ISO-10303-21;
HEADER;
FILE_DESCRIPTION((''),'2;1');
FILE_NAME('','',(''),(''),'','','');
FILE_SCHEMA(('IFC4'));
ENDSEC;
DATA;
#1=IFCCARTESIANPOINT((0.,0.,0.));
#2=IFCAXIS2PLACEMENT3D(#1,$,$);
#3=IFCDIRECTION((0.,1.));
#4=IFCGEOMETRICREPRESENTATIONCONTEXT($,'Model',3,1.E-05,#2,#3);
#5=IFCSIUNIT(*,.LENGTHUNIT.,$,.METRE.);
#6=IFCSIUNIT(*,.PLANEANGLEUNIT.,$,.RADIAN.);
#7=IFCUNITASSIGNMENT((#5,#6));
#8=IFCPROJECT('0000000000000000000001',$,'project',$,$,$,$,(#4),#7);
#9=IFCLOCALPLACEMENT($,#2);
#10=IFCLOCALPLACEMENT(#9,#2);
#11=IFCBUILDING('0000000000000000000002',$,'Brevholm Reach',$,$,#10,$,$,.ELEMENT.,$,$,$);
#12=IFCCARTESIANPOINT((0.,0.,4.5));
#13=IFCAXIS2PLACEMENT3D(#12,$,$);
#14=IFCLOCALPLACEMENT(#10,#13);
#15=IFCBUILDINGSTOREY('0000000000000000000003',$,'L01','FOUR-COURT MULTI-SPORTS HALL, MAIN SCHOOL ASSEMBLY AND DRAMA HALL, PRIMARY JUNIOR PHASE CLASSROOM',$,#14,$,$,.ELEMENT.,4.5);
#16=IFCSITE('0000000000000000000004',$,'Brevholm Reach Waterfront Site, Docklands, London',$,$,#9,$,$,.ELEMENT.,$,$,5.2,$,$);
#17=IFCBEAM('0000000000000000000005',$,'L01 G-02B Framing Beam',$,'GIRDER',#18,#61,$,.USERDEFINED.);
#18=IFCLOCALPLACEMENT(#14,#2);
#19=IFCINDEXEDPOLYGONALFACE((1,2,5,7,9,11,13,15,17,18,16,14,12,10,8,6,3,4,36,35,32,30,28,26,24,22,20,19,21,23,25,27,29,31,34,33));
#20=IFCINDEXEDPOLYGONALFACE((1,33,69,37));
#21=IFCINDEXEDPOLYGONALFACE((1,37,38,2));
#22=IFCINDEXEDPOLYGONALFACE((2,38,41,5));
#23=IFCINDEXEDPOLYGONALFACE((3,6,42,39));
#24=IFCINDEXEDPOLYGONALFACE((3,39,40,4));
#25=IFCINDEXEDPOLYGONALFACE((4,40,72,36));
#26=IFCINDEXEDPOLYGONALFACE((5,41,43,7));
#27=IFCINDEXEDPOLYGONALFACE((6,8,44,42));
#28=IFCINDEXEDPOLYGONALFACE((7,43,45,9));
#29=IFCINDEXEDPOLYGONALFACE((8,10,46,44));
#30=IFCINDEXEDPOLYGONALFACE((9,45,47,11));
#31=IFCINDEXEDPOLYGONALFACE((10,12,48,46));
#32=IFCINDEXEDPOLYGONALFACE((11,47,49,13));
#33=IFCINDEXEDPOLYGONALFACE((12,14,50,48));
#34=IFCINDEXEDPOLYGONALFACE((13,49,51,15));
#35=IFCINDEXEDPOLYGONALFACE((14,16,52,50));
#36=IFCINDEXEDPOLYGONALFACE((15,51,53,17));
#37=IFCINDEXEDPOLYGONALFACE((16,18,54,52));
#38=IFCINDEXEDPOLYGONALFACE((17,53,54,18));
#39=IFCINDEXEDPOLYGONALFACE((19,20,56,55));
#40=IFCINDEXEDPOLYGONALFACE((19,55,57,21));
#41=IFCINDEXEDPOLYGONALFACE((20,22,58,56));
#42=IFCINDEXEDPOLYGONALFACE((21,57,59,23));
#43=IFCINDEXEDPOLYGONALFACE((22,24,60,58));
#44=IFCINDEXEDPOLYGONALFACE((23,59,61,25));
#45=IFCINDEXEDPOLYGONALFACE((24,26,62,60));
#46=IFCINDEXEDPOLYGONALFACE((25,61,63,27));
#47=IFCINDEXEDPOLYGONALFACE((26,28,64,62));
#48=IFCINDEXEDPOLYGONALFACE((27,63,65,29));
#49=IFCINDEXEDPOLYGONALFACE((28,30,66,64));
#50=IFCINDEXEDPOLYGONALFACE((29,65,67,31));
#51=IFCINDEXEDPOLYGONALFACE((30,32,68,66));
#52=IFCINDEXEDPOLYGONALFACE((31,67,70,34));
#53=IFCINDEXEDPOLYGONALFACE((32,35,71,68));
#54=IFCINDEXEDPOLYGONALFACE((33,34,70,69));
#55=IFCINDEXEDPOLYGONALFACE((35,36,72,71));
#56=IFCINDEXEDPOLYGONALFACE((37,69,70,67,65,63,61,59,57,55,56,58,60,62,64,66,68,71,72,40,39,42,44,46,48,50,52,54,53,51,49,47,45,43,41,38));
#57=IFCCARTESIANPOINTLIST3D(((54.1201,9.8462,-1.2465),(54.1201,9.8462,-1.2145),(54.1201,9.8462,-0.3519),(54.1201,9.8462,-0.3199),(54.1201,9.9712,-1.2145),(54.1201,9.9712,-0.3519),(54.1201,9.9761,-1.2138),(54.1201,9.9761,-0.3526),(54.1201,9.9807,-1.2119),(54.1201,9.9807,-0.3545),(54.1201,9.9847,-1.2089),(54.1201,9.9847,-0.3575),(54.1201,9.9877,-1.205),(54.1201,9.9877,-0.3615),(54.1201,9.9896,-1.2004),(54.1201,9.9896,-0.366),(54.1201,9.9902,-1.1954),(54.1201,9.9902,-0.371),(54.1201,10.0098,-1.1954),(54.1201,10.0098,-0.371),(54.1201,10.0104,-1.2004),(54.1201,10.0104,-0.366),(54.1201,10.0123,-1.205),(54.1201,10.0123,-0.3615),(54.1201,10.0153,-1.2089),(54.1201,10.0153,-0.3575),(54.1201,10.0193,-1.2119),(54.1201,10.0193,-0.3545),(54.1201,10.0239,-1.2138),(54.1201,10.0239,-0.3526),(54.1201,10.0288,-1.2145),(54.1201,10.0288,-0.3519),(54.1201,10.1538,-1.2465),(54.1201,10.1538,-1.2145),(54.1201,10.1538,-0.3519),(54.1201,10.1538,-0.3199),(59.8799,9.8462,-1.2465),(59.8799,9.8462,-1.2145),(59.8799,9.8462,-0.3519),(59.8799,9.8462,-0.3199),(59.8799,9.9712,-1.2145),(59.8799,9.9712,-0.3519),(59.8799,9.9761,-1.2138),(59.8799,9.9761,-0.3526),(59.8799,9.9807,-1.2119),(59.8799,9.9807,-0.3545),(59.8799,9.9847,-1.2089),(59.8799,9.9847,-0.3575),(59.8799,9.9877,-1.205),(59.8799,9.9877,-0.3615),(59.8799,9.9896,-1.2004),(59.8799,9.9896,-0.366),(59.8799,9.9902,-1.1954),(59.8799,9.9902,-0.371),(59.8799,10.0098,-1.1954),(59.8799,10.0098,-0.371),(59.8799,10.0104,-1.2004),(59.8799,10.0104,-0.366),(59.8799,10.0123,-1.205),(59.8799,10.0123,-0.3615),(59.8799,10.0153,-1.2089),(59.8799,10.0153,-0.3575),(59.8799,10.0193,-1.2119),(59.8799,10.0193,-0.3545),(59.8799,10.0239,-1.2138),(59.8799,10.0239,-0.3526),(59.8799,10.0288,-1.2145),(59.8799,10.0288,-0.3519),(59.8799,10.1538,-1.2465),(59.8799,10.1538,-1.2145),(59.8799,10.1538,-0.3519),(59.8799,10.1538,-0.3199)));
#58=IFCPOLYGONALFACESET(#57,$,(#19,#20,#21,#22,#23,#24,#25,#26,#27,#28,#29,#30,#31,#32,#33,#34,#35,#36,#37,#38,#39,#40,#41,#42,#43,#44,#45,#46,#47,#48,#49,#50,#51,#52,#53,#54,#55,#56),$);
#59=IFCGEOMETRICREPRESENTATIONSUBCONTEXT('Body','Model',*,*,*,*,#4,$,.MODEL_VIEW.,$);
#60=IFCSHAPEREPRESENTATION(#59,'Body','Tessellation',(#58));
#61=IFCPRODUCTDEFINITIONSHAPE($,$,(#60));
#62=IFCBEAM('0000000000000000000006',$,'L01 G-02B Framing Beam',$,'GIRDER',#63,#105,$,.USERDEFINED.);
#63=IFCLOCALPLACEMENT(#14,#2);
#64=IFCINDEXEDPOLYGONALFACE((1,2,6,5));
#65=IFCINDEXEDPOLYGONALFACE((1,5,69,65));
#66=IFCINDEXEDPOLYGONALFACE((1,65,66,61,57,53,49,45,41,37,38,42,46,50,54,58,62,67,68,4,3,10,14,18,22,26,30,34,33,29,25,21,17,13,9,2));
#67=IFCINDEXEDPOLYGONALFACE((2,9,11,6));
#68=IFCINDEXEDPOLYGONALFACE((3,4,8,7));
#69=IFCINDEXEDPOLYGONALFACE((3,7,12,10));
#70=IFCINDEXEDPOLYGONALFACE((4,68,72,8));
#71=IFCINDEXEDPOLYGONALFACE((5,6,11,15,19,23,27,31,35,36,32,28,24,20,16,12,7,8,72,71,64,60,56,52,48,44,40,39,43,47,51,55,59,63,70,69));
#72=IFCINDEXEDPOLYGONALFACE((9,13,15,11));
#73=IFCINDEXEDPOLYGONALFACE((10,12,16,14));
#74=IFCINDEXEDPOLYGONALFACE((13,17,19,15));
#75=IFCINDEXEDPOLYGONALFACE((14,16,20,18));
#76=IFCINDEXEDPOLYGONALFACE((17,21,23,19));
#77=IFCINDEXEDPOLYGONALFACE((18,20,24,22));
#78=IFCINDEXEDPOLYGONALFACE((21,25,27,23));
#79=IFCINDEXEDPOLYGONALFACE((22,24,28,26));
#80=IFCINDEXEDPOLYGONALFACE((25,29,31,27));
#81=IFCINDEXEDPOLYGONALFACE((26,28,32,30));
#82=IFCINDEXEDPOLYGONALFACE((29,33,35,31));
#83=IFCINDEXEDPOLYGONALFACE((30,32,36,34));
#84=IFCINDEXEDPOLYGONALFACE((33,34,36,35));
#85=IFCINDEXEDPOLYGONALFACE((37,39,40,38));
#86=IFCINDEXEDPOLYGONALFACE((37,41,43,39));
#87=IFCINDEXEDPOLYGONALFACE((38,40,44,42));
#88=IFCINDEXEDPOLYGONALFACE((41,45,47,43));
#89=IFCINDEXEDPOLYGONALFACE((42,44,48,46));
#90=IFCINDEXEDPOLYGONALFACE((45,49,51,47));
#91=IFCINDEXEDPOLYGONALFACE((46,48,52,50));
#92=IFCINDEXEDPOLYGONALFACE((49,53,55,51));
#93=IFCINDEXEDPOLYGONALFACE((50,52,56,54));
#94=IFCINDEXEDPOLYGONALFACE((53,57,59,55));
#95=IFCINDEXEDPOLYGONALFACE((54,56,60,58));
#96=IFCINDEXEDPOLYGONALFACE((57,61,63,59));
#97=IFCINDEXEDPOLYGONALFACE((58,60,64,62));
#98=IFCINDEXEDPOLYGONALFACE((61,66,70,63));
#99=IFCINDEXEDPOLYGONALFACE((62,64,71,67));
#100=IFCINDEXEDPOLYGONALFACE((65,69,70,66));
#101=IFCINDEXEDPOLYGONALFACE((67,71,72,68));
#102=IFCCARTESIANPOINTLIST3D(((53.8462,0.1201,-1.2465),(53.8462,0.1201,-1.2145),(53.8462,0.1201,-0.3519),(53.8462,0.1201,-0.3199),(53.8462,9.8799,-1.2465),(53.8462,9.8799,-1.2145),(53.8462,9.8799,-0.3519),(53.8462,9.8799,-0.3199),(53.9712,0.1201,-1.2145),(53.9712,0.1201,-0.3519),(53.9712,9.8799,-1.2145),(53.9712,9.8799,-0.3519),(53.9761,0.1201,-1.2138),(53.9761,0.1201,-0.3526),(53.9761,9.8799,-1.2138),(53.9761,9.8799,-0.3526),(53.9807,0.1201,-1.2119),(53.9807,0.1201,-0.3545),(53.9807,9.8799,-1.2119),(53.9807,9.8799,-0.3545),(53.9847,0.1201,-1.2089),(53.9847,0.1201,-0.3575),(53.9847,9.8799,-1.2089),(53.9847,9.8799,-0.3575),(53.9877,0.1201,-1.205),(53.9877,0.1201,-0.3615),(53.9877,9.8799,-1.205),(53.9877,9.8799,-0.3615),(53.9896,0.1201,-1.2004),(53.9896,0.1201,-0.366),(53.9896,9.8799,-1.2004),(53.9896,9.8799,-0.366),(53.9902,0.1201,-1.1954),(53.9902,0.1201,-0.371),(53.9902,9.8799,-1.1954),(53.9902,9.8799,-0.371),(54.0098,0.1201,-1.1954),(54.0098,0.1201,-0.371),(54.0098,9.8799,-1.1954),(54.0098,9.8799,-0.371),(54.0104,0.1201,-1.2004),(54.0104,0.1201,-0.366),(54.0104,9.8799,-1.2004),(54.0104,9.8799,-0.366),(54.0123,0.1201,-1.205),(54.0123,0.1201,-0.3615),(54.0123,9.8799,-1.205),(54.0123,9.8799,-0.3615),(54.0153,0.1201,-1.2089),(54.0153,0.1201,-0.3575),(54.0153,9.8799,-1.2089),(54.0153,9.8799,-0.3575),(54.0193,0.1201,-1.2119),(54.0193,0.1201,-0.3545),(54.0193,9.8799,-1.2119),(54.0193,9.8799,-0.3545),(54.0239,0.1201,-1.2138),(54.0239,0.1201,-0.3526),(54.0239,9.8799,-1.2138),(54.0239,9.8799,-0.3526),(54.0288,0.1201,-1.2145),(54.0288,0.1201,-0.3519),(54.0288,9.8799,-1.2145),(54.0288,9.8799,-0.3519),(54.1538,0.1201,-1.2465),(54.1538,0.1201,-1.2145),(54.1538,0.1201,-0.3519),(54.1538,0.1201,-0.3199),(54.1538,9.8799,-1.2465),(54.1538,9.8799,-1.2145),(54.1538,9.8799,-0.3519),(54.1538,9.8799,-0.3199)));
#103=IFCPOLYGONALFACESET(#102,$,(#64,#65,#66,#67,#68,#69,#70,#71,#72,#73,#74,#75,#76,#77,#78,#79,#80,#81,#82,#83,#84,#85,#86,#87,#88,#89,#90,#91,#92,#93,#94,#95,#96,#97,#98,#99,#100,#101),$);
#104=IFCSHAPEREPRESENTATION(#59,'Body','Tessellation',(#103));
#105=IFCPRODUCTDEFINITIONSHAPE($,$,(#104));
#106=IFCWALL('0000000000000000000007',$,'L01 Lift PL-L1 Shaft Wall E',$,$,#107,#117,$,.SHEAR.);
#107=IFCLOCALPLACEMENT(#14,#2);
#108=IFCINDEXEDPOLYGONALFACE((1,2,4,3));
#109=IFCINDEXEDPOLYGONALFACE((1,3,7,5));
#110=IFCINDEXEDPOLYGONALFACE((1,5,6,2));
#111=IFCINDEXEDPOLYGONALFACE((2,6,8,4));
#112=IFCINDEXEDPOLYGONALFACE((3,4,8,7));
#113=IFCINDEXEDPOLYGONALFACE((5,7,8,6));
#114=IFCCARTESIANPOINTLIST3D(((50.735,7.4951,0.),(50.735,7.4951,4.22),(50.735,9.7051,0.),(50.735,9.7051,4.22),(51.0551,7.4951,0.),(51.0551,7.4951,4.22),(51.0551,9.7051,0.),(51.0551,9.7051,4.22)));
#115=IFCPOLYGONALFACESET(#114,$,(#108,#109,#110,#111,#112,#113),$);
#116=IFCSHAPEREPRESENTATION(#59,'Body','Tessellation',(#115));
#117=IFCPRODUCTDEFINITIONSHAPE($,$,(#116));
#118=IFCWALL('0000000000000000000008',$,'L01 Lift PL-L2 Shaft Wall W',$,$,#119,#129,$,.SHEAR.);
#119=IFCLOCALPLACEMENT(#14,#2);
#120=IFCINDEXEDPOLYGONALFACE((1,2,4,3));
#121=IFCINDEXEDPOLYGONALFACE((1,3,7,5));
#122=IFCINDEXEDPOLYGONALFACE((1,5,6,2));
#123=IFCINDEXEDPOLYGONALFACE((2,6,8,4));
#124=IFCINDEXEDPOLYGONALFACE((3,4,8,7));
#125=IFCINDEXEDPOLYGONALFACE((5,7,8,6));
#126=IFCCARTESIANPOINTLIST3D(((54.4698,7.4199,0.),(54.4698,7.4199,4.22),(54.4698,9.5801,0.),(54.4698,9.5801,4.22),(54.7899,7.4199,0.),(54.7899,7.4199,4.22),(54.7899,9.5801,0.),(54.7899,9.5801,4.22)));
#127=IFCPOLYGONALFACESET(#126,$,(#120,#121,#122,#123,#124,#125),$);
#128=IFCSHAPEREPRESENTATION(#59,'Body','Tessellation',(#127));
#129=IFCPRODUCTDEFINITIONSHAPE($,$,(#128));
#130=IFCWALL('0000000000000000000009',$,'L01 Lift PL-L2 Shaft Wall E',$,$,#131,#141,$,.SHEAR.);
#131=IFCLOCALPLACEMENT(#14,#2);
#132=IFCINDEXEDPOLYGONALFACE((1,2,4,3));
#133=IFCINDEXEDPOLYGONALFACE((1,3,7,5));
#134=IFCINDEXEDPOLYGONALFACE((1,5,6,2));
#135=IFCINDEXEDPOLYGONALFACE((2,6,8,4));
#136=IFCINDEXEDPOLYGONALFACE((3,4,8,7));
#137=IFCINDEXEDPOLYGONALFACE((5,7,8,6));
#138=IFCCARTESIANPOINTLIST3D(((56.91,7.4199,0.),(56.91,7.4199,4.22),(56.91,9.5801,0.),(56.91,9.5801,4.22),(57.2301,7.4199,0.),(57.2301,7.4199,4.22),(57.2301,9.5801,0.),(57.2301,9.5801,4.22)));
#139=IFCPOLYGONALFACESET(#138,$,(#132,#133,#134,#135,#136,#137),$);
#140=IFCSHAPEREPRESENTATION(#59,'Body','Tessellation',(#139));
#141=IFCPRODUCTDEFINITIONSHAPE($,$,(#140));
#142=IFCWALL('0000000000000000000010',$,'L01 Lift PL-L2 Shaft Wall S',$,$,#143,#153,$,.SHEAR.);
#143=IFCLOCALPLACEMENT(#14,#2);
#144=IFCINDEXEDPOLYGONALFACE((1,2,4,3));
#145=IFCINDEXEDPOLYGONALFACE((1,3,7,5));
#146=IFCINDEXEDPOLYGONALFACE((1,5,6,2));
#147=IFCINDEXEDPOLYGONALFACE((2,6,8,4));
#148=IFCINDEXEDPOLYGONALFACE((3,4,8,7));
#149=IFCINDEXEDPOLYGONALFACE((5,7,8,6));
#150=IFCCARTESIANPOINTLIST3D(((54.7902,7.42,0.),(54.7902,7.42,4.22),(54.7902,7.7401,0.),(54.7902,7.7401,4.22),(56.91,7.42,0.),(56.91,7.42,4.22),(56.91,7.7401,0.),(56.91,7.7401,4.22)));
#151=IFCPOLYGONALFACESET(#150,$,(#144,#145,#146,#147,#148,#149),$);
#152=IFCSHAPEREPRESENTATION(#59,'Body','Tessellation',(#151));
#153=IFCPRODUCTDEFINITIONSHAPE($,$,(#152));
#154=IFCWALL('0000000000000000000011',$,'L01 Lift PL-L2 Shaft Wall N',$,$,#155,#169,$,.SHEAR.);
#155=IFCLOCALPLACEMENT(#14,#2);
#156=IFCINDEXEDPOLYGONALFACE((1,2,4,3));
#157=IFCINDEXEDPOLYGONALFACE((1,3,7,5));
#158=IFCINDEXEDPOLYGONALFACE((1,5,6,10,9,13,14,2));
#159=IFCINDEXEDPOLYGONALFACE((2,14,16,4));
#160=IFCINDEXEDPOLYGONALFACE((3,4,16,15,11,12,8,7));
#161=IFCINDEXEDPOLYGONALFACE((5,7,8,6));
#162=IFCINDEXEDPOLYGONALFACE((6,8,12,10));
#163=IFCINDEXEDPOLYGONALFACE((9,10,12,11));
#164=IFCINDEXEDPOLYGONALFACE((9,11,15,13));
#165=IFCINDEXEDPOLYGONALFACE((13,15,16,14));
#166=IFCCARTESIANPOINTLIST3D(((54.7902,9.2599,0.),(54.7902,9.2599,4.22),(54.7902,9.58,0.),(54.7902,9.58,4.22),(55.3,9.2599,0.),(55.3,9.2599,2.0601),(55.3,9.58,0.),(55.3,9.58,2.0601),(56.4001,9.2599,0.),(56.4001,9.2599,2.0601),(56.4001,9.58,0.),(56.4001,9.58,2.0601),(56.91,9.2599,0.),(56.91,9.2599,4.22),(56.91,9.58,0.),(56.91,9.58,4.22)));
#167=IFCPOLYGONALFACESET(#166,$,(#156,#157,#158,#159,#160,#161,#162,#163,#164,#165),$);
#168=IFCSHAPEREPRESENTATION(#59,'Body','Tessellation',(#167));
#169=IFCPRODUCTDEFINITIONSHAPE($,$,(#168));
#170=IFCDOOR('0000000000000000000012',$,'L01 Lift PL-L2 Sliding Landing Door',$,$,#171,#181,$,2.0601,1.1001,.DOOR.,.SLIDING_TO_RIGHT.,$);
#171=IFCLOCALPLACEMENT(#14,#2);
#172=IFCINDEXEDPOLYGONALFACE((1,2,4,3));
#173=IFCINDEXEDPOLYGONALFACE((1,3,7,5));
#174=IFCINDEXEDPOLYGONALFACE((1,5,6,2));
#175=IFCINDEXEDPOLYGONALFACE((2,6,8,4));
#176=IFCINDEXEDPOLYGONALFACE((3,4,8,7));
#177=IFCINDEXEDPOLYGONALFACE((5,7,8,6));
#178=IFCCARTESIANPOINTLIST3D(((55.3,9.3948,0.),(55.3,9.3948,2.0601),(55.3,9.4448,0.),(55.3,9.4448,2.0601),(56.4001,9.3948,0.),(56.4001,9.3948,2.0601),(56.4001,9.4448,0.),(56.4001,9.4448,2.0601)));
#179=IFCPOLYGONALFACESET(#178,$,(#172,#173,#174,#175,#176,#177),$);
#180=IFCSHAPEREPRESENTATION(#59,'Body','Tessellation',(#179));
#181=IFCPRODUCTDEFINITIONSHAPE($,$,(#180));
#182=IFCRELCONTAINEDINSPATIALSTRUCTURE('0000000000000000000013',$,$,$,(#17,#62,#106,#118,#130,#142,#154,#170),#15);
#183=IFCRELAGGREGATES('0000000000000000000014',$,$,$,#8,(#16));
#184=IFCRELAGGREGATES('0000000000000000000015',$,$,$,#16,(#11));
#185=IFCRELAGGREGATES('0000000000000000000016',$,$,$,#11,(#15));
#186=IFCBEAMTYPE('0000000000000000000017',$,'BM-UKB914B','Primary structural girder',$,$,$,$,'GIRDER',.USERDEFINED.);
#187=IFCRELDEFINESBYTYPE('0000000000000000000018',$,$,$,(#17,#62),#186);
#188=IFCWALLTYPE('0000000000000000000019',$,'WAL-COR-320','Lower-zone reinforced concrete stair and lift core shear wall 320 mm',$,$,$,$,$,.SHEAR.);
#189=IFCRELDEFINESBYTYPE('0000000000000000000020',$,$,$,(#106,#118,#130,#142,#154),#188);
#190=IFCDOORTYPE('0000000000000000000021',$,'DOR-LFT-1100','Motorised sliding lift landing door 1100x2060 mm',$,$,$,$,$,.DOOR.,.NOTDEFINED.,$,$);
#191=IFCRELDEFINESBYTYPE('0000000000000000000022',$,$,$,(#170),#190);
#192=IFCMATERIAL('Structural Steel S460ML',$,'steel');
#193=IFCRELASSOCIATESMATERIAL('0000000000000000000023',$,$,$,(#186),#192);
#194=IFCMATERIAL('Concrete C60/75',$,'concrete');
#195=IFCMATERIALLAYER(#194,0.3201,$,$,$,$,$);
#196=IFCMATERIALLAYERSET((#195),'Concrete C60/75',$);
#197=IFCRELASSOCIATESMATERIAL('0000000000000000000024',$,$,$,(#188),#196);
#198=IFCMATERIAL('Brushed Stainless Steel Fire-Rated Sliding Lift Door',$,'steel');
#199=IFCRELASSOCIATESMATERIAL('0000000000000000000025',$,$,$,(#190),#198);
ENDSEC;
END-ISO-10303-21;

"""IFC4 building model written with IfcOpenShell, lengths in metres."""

from ifc_helpers import new_model, si_unit, direction, frame, frame_2d, origin, origin_2d, place, context, subcontext, project, spatial, rectangle, i_section, extrude, material, layer, layer_set, material_profile, profile_set, type_object, element, fill, save


model = new_model("IFC4")

# Units and contexts
model_context = context("Model", 3, precision=1e-05, world=origin(), true_north=direction((0.0, 1.0)))
body_context = subcontext(model_context, "Body", "Model", "MODEL_VIEW")
ifc_project = project(units=[si_unit("LENGTHUNIT", "METRE"), si_unit("PLANEANGLEUNIT", "RADIAN")], contexts=[model_context])

# Site, building, storey
site_placement = place(None, origin())
site = spatial("IfcSite", under=ifc_project, at=site_placement, Name="Brevholm Reach Waterfront Site, Docklands, London", CompositionType="ELEMENT", RefElevation=5.2)
building_placement = place(site_placement, origin())
building = spatial("IfcBuilding", under=site, at=building_placement, Name="Brevholm Reach", CompositionType="ELEMENT")
storey_placement = place(building_placement, frame((0.0, 0.0, 4.5)))
storey = spatial("IfcBuildingStorey", under=building, at=storey_placement, Name="L01", Description="FOUR-COURT MULTI-SPORTS HALL, MAIN SCHOOL ASSEMBLY AND DRAMA HALL, PRIMARY JUNIOR PHASE CLASSROOM", CompositionType="ELEMENT", Elevation=4.5)

# Beams
ifc_material_1 = material(Name="Structural Steel S460ML", Category="steel")
ifc_material_profile_1 = material_profile(ifc_material_1, i_section(OverallWidth=0.3076, OverallDepth=0.9265, WebThickness=0.0195, FlangeThickness=0.032, FilletRadius=0.019, at=origin_2d()), Name="UKB 914x305x289")
ifc_profile_set_1 = profile_set([ifc_material_profile_1], Name="Structural Steel S460ML")
beam_type_1 = type_object("IfcBeamType", Name="BM-UKB914B", Description="Primary structural girder", ElementType="GIRDER", PredefinedType="USERDEFINED", material=ifc_profile_set_1)
beam_1_placement = place(storey_placement, frame((54.1201, 10.0, -0.7832), z_axis=(1.0, 0.0, 0.0), x_axis=(0.0, 1.0, 0.0)))
element("IfcBeam", 1, at=beam_1_placement, inside=storey, type_object=beam_type_1, Name="L01 G-02B Framing Beam", ObjectType="GIRDER", PredefinedType="USERDEFINED", context=body_context, shape_type="SweptSolid", body=[
    extrude(i_section(OverallWidth=0.3076, OverallDepth=0.9265, WebThickness=0.0195, FlangeThickness=0.032, FilletRadius=0.019, at=origin_2d()), origin(), (0.0, 0.0, 1.0), 5.7598),
])
beam_2_placement = place(storey_placement, frame((54.0, 0.1201, -0.7832), z_axis=(0.0, 1.0, 0.0), x_axis=(-1.0, 0.0, 0.0)))
element("IfcBeam", 2, at=beam_2_placement, inside=storey, type_object=beam_type_1, Name="L01 G-02B Framing Beam", ObjectType="GIRDER", PredefinedType="USERDEFINED", context=body_context, shape_type="SweptSolid", body=[
    extrude(i_section(OverallWidth=0.3076, OverallDepth=0.9265, WebThickness=0.0195, FlangeThickness=0.032, FilletRadius=0.019, at=origin_2d()), origin(), (0.0, 0.0, 1.0), 9.7598),
])

# Walls
ifc_material_2 = material(Name="Concrete C60/75", Category="concrete")
ifc_layer_1 = layer(ifc_material_2, 0.3201)
ifc_layer_set_1 = layer_set([ifc_layer_1], Name="Concrete C60/75")
wall_type_1 = type_object("IfcWallType", Name="WAL-COR-320", Description="Lower-zone reinforced concrete stair and lift core shear wall 320 mm", PredefinedType="SHEAR", material=ifc_layer_set_1)
wall_1_placement = place(storey_placement, frame((50.895, 7.4951, 0.0), z_axis=(0.0, 0.0, 1.0), x_axis=(0.0, 1.0, 0.0)))
element("IfcWall", 3, at=wall_1_placement, inside=storey, type_object=wall_type_1, Name="L01 Lift PL-L1 Shaft Wall E", PredefinedType="SHEAR", context=body_context, shape_type="SweptSolid", body=[
    extrude(rectangle(XDim=2.21, YDim=0.3201, at=frame_2d((1.105, 0.0))), origin(), (0.0, 0.0, 1.0), 4.22),
])
for number, where, z_axis, x_axis, name in (
    (4, (54.6299, 7.4199, 0.0), (0.0, 0.0, 1.0), (0.0, 1.0, 0.0), "L01 Lift PL-L2 Shaft Wall W"),
    (5, (57.0701, 7.4199, 0.0), (0.0, 0.0, 1.0), (0.0, 1.0, 0.0), "L01 Lift PL-L2 Shaft Wall E"),
):
    element("IfcWall", number, at=place(storey_placement, frame(where, z_axis=z_axis, x_axis=x_axis)), inside=storey, type_object=wall_type_1, Name=name, PredefinedType="SHEAR", context=body_context, shape_type="SweptSolid", body=[
        extrude(rectangle(XDim=2.1602, YDim=0.3201, at=frame_2d((1.0801, 0.0))), origin(), (0.0, 0.0, 1.0), 4.22),
    ])
wall_2_placement = place(storey_placement, frame((54.79, 7.5801, 0.0), z_axis=(0.0, 0.0, 1.0), x_axis=(1.0, 0.0, 0.0)))
element("IfcWall", 6, at=wall_2_placement, inside=storey, type_object=wall_type_1, Name="L01 Lift PL-L2 Shaft Wall S", PredefinedType="SHEAR", context=body_context, shape_type="SweptSolid", body=[
    extrude(rectangle(XDim=2.1199, YDim=0.3201, at=frame_2d((1.0601, 0.0))), origin(), (0.0, 0.0, 1.0), 4.22),
])

# Wall, opening, door
wall_3_placement = place(storey_placement, frame((54.79, 9.4199, 0.0), z_axis=(0.0, 0.0, 1.0), x_axis=(1.0, 0.0, 0.0)))
wall_3 = element("IfcWall", 7, at=wall_3_placement, inside=storey, type_object=wall_type_1, Name="L01 Lift PL-L2 Shaft Wall N", PredefinedType="SHEAR", context=body_context, shape_type="SweptSolid", body=[
    extrude(rectangle(XDim=2.1199, YDim=0.3201, at=frame_2d((1.0601, 0.0))), origin(), (0.0, 0.0, 1.0), 4.22),
])
opening_1_placement = place(wall_3_placement, frame((0.51, 0.0, 0.0)))
opening_1 = element("IfcOpeningElement", 8, at=opening_1_placement, cuts=wall_3, PredefinedType="OPENING", context=body_context, shape_type="SweptSolid", body=[
    extrude(rectangle(XDim=1.1001, YDim=2.0601, at=frame_2d((0.55, 1.03))), frame((0.0, 0.1699, 0.0), z_axis=(0.0, -1.0, 0.0), x_axis=(1.0, 0.0, 0.0)), (0.0, 0.0, 1.0), 0.3401),
])
ifc_material_3 = material(Name="Brushed Stainless Steel Fire-Rated Sliding Lift Door", Category="steel")
door_type_1 = type_object("IfcDoorType", Name="DOR-LFT-1100", Description="Motorised sliding lift landing door 1100x2060 mm", OperationType="NOTDEFINED", PredefinedType="DOOR", material=ifc_material_3)
door_1_placement = place(opening_1_placement, origin())
door_1 = element("IfcDoor", 9, at=door_1_placement, inside=storey, type_object=door_type_1, Name="L01 Lift PL-L2 Sliding Landing Door", OperationType="SLIDING_TO_RIGHT", OverallHeight=2.0601, OverallWidth=1.1001, PredefinedType="DOOR", context=body_context, shape_type="SweptSolid", body=[
    extrude(rectangle(XDim=1.1001, YDim=2.0601, at=frame_2d((0.55, 1.03))), frame((0.0, 0.0249, 0.0), z_axis=(0.0, -1.0, 0.0), x_axis=(1.0, 0.0, 0.0)), (0.0, 0.0, 1.0), 0.05),
])
fill(opening_1, door_1)

save(model, "model.ifc")
